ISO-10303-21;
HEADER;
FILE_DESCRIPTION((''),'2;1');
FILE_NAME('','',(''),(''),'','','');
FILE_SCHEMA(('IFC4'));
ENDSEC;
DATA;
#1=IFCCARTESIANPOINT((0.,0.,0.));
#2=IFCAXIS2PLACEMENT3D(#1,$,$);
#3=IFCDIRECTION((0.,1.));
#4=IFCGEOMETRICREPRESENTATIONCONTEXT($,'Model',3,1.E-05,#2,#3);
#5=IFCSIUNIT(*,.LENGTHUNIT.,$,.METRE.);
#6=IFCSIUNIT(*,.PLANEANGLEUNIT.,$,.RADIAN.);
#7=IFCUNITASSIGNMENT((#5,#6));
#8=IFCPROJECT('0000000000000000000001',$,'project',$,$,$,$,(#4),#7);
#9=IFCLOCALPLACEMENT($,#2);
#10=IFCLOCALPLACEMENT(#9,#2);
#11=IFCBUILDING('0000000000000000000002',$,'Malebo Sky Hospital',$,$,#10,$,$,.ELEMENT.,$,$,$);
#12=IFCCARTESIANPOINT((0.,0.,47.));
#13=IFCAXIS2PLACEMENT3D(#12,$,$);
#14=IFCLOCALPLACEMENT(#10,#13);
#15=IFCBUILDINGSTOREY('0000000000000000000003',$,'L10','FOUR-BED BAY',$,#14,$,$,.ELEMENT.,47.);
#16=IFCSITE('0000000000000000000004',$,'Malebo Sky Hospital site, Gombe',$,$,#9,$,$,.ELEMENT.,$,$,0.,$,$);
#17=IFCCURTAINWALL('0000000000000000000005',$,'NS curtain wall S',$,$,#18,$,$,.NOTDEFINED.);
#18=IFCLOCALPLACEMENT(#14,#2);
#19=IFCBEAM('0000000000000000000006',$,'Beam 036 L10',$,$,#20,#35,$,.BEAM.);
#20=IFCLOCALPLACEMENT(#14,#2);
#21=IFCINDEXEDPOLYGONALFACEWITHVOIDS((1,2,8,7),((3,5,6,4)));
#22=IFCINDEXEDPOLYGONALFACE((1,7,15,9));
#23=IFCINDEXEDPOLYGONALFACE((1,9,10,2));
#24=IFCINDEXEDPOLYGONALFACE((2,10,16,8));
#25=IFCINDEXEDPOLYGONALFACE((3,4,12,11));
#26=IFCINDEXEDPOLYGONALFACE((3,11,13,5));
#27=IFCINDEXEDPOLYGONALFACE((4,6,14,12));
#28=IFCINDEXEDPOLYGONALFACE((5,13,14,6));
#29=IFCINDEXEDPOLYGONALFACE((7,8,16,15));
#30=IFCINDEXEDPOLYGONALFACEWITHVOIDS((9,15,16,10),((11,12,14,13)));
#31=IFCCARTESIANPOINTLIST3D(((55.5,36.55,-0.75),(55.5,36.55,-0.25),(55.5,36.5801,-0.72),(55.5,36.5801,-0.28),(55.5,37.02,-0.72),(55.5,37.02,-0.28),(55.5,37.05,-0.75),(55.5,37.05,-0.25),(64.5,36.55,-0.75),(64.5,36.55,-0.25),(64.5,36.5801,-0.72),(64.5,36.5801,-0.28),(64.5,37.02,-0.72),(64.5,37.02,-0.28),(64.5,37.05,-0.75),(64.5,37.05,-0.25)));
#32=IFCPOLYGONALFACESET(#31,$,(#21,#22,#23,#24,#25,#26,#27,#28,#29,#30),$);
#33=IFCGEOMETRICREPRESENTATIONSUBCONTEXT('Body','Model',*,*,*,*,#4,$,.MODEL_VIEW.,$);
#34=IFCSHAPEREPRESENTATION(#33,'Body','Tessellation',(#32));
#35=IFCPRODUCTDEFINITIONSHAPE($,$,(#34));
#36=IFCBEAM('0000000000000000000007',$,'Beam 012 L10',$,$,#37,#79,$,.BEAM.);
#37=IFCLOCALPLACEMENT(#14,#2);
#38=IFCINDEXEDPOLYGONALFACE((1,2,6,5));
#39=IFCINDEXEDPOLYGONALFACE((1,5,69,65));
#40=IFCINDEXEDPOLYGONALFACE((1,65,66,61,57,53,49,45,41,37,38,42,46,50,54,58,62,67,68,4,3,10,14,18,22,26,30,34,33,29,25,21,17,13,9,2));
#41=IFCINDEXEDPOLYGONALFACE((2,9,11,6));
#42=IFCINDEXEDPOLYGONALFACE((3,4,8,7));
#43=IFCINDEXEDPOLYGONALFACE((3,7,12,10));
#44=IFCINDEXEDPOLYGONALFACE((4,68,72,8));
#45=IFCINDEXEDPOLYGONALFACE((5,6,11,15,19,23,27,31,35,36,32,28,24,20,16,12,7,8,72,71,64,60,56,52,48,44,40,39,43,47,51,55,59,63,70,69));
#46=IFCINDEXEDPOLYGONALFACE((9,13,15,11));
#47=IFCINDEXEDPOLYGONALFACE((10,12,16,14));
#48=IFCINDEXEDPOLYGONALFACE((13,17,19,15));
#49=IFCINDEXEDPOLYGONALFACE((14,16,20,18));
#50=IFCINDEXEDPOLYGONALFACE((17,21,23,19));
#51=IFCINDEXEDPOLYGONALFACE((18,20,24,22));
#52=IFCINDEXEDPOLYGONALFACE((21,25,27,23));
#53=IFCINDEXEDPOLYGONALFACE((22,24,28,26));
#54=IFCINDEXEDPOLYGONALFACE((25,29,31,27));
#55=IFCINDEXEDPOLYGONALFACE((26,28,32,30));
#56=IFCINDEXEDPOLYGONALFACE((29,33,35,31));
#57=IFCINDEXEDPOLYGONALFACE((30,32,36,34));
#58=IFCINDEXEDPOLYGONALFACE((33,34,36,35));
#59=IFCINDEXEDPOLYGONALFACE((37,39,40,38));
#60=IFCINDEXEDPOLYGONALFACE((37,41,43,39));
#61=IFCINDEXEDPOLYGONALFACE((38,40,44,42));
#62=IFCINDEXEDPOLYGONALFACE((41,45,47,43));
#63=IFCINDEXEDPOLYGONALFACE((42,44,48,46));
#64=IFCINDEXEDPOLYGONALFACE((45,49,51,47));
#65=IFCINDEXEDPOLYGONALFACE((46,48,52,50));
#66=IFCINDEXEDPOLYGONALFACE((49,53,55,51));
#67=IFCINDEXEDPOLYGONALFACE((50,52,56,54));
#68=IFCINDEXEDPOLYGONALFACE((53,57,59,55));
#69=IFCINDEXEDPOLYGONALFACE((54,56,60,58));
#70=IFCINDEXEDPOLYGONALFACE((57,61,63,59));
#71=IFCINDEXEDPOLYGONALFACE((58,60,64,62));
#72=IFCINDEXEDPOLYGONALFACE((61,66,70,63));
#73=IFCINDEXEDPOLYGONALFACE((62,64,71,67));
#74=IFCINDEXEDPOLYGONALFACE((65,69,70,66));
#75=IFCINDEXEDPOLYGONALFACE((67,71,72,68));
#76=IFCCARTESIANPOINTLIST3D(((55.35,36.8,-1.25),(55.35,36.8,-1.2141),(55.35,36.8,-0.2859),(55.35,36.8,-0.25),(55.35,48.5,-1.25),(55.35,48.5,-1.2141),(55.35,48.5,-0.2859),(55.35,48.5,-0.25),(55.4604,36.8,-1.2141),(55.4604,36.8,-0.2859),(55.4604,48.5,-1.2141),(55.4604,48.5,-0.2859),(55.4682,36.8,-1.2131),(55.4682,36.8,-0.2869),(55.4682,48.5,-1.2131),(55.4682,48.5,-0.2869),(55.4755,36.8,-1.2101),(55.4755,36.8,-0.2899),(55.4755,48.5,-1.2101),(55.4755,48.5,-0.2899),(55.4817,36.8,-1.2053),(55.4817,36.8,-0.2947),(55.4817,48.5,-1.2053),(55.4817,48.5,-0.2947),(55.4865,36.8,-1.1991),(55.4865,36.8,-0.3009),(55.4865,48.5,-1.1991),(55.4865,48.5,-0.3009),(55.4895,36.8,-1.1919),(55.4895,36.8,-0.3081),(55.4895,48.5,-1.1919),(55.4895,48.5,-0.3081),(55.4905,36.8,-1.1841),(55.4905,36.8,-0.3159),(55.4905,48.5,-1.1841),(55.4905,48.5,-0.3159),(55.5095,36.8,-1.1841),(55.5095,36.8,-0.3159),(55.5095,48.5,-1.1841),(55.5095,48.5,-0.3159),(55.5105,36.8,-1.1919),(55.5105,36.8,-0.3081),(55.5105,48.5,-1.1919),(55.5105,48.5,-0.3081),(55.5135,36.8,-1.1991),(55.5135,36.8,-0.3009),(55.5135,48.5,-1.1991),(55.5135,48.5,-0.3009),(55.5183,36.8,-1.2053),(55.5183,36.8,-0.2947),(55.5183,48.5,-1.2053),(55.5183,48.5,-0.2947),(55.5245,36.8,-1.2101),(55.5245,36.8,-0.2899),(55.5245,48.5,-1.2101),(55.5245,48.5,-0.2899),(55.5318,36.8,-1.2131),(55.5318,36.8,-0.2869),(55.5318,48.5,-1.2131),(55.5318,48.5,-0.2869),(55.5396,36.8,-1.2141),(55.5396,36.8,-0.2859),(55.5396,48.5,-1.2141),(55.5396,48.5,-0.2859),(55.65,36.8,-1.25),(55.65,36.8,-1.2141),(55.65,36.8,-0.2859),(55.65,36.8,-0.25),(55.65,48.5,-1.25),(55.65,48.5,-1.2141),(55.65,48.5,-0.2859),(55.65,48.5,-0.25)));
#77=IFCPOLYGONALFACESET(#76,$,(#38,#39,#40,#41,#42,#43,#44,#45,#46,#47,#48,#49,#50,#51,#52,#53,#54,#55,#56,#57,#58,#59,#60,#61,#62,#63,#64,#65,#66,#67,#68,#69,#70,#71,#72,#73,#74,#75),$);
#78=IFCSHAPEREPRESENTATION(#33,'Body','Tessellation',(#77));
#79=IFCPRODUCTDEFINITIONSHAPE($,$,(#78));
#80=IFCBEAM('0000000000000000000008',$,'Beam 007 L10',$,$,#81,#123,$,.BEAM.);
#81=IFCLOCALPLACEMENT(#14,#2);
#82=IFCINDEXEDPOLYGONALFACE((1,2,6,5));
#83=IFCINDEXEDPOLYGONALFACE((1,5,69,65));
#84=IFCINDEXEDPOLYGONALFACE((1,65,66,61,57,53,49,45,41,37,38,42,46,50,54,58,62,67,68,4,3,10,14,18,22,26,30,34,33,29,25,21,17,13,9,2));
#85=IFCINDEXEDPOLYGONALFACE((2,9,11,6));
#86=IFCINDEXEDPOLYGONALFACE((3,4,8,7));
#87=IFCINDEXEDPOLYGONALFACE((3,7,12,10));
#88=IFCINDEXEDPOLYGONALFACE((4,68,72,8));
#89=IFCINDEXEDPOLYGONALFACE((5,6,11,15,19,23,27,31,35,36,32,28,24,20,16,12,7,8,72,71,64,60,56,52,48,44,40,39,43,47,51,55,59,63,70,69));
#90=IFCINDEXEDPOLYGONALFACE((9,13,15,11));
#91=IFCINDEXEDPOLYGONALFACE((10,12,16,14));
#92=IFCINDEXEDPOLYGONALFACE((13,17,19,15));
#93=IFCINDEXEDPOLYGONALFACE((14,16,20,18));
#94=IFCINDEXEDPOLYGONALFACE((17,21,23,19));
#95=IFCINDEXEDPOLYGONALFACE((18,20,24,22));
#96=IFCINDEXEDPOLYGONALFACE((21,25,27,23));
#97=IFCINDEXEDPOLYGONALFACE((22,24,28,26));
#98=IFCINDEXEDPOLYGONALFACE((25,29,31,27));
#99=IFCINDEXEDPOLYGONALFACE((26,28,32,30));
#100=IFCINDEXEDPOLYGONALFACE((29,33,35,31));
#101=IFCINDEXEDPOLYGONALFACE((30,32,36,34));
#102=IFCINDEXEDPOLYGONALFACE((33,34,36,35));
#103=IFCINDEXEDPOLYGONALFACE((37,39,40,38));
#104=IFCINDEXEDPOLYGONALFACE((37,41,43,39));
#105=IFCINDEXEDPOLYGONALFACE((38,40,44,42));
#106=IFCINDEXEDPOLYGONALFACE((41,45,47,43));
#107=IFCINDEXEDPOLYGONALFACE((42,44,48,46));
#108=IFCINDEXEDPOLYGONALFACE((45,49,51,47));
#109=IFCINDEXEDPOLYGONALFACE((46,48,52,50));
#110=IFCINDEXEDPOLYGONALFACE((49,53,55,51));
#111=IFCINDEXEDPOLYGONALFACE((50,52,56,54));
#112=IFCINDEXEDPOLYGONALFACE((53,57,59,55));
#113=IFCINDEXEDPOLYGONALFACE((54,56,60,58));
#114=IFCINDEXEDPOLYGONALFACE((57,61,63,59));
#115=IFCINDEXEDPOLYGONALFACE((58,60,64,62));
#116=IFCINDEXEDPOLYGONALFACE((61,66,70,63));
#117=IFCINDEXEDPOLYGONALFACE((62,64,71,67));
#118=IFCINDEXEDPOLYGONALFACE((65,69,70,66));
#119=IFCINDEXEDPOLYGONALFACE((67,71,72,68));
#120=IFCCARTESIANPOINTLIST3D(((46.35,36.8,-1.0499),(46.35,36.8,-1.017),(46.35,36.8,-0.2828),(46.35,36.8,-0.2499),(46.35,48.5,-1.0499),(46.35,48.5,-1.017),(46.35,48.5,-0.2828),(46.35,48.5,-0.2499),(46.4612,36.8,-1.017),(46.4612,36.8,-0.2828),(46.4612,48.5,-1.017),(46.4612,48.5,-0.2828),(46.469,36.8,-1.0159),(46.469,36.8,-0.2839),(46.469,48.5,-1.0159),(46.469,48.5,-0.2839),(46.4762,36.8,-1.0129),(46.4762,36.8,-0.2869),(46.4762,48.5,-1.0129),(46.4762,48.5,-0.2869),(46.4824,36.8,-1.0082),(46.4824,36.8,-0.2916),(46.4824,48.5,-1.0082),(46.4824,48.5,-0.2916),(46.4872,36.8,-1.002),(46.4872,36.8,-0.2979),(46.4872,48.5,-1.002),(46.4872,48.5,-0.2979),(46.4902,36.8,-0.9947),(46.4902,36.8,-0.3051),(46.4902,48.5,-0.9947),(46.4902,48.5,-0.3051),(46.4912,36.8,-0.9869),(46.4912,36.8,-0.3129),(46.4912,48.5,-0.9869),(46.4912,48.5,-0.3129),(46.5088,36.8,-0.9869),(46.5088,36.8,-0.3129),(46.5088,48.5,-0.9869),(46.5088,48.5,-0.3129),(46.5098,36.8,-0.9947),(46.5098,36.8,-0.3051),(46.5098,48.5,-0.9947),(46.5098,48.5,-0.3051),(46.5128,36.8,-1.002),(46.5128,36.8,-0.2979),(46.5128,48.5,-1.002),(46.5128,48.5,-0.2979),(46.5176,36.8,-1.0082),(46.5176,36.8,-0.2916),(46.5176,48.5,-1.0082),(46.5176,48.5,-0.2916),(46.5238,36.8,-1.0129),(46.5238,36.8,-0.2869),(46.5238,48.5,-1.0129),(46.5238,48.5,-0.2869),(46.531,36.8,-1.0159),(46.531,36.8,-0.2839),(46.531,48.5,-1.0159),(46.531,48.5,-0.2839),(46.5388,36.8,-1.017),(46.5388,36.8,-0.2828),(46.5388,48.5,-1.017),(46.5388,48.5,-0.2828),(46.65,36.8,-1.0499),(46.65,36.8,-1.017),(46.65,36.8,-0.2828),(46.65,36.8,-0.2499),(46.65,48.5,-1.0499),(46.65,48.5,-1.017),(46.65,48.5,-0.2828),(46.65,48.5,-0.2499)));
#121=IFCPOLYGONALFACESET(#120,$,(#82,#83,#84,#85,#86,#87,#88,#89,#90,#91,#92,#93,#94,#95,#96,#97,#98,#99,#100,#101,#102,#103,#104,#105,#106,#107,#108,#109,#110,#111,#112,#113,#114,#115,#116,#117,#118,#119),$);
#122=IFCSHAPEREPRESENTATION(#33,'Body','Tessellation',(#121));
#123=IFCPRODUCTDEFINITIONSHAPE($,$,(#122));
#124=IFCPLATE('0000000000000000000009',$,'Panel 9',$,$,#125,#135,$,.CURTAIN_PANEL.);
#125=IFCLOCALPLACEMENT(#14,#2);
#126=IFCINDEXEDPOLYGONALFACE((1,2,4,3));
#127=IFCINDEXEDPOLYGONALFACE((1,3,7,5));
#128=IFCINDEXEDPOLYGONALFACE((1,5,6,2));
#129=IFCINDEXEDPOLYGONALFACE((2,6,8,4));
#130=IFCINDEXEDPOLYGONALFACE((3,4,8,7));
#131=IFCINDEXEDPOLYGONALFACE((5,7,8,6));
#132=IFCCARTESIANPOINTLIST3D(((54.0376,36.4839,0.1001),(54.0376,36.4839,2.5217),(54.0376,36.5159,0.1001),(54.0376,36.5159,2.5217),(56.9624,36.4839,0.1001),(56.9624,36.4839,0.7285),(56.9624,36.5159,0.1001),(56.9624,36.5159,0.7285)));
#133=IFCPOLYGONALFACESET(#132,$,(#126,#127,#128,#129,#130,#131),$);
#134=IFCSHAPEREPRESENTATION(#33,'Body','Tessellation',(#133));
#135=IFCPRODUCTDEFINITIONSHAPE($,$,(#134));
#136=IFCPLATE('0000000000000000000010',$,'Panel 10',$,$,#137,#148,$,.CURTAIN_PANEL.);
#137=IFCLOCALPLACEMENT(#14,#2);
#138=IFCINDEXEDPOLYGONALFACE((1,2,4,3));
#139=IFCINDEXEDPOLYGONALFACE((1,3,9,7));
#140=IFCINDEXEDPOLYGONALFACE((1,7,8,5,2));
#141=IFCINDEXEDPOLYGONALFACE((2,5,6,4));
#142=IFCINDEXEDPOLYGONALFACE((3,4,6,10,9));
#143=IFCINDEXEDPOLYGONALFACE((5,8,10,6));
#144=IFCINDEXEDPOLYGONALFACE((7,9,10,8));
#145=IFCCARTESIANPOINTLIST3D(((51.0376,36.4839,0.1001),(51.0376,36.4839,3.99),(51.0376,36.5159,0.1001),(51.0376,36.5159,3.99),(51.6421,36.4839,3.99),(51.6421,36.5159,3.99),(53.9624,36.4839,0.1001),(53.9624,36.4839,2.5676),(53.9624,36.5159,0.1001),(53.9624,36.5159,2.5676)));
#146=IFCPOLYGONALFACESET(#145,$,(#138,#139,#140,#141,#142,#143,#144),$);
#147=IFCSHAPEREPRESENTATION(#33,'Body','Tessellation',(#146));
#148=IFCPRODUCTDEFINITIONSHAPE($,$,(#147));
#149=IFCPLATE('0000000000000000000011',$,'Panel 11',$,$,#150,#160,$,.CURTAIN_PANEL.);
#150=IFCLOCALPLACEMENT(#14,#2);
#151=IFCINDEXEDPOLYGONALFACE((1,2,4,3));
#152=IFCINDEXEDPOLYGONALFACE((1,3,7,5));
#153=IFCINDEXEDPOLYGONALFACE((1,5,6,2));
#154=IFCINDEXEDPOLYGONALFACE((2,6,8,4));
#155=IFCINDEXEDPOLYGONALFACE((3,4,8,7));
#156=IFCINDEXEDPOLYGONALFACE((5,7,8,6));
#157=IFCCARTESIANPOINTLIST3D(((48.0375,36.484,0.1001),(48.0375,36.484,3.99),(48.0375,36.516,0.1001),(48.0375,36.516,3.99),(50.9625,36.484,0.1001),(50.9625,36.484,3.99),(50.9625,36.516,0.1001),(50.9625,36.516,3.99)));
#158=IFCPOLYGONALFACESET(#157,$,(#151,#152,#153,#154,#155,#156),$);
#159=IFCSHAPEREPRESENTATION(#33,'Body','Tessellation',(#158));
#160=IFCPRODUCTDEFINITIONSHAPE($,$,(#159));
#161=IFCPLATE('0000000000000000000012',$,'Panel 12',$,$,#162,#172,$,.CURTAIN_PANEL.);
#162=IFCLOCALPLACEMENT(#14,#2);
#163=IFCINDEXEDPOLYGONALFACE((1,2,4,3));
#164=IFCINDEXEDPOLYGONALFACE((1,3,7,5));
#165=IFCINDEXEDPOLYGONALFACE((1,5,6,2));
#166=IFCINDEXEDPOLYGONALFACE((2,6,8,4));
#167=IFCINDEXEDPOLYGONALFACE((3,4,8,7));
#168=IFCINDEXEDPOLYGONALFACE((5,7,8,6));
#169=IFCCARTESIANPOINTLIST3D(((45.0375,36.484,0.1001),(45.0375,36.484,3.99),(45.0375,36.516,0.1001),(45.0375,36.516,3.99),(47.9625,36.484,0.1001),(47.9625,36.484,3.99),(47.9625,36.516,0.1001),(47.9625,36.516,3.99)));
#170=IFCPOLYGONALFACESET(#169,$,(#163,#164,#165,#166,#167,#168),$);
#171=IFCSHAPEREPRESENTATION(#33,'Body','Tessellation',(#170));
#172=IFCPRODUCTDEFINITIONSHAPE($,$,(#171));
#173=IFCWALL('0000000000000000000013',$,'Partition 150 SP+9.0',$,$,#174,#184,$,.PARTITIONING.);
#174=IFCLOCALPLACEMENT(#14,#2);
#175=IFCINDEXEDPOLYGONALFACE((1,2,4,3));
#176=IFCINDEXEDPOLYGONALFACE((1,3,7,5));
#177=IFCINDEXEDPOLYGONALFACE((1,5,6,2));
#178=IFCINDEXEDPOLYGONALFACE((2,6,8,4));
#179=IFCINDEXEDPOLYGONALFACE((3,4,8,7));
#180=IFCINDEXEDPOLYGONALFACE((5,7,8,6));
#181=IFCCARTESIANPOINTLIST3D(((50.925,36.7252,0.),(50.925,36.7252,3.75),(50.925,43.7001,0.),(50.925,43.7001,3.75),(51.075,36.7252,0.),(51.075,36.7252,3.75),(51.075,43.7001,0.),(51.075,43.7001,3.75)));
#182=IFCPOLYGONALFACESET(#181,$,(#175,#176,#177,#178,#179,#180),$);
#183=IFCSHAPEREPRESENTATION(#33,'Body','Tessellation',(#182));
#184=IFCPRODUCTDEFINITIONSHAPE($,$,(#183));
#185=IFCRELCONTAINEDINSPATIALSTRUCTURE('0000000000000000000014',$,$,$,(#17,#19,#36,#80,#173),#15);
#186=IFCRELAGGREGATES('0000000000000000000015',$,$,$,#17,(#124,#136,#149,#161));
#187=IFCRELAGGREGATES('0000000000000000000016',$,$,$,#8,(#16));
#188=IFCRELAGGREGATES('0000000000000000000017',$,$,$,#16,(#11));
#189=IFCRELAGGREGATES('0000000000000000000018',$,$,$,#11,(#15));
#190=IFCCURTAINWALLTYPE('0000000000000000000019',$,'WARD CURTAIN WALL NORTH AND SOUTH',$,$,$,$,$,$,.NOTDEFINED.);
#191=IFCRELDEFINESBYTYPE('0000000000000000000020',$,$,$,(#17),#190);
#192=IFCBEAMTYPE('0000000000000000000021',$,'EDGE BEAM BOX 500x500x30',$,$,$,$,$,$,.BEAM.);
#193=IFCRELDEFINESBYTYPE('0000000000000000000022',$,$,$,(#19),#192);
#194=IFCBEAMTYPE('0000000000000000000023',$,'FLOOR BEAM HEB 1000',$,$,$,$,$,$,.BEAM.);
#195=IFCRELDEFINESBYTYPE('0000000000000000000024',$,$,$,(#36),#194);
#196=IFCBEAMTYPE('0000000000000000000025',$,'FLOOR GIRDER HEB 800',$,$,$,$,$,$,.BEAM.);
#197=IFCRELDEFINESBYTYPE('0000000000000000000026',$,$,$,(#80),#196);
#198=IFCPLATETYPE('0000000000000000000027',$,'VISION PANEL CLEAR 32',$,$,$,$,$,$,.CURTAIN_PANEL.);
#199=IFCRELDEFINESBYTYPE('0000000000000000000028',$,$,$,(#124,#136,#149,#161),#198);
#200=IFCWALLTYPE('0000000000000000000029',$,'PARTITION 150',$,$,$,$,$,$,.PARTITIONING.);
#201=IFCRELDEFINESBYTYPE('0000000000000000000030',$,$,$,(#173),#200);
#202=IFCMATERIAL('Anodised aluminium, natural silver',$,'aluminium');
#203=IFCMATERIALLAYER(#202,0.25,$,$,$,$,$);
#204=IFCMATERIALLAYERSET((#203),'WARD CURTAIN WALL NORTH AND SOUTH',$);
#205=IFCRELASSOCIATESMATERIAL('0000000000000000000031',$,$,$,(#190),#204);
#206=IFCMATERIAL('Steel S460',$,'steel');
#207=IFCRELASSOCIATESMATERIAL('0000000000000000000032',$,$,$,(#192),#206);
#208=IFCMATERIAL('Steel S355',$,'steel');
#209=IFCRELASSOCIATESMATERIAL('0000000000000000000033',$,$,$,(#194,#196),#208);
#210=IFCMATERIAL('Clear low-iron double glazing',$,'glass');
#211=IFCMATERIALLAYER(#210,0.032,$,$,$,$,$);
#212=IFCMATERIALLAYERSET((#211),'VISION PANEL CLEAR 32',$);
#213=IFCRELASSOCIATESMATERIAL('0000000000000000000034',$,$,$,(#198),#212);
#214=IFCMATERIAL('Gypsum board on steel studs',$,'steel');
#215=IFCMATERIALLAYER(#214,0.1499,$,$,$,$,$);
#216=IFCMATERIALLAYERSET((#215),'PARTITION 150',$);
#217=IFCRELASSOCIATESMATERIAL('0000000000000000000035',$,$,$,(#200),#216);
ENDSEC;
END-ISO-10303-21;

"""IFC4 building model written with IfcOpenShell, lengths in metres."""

from ifc_helpers import new_model, si_unit, direction, frame, frame_2d, origin, origin_2d, place, context, subcontext, project, spatial, polyline, rectangle, hollow_rectangle, i_section, outline, extrude, material, layer, layer_set, material_profile, profile_set, type_object, element, aggregate, save


model = new_model("IFC4")

# Units and contexts
model_context = context("Model", 3, precision=1e-05, world=origin(), true_north=direction((0.0, 1.0)))
body_context = subcontext(model_context, "Body", "Model", "MODEL_VIEW")
ifc_project = project(units=[si_unit("LENGTHUNIT", "METRE"), si_unit("PLANEANGLEUNIT", "RADIAN")], contexts=[model_context])

# Site, building, storey
site_placement = place(None, origin())
site = spatial("IfcSite", under=ifc_project, at=site_placement, Name="Malebo Sky Hospital site, Gombe", CompositionType="ELEMENT", RefElevation=0.0)
building_placement = place(site_placement, origin())
building = spatial("IfcBuilding", under=site, at=building_placement, Name="Malebo Sky Hospital", CompositionType="ELEMENT")
storey_placement = place(building_placement, frame((0.0, 0.0, 47.0)))
storey = spatial("IfcBuildingStorey", under=building, at=storey_placement, Name="L10", Description="FOUR-BED BAY", CompositionType="ELEMENT", Elevation=47.0)

# Shared definitions
ifc_material_1 = material(Name="Steel S460", Category="steel")

# Curtain wall
ifc_material_2 = material(Name="Anodised aluminium, natural silver", Category="aluminium")
ifc_layer_1 = layer(ifc_material_2, 0.25)
ifc_layer_set_1 = layer_set([ifc_layer_1], Name="WARD CURTAIN WALL NORTH AND SOUTH")
curtain_wall_type = type_object("IfcCurtainWallType", Name="WARD CURTAIN WALL NORTH AND SOUTH", PredefinedType="NOTDEFINED", material=ifc_layer_set_1)
curtain_wall_placement = place(storey_placement, origin())
curtain_wall = element("IfcCurtainWall", 1, at=curtain_wall_placement, inside=storey, type_object=curtain_wall_type, Name="NS curtain wall S", PredefinedType="NOTDEFINED")

# Beams
ifc_material_profile_1 = material_profile(ifc_material_1, hollow_rectangle(XDim=0.5, YDim=0.5, WallThickness=0.03, at=origin_2d()), Name="BOX 500x500x30")
ifc_profile_set_1 = profile_set([ifc_material_profile_1], Name="Steel S460")
beam_type_1 = type_object("IfcBeamType", Name="EDGE BEAM BOX 500x500x30", PredefinedType="BEAM", material=ifc_profile_set_1)
for number, where, z_axis, x_axis, name in (
    (2, (55.5, 36.8, -0.5), (1.0, 0.0, 0.0), (0.0, 1.0, 0.0), "Beam 036 L10"),
):
    element("IfcBeam", number, at=place(storey_placement, frame(where, z_axis=z_axis, x_axis=x_axis)), inside=storey, type_object=beam_type_1, Name=name, PredefinedType="BEAM", context=body_context, shape_type="SweptSolid", body=[
        extrude(hollow_rectangle(XDim=0.5, YDim=0.5, WallThickness=0.03, at=origin_2d()), origin(), (0.0, 0.0, 1.0), 9.0),
    ])
ifc_material_3 = material(Name="Steel S355", Category="steel")
ifc_material_profile_2 = material_profile(ifc_material_3, i_section(OverallWidth=0.3, OverallDepth=1.0, WebThickness=0.019, FlangeThickness=0.0359, FilletRadius=0.03, at=origin_2d()), Name="HEB 1000")
ifc_profile_set_2 = profile_set([ifc_material_profile_2], Name="Steel S355")
beam_type_2 = type_object("IfcBeamType", Name="FLOOR BEAM HEB 1000", PredefinedType="BEAM", material=ifc_profile_set_2)
beam_1_placement = place(storey_placement, frame((55.5, 36.8, -0.75), z_axis=(0.0, 1.0, 0.0), x_axis=(-1.0, 0.0, 0.0)))
element("IfcBeam", 3, at=beam_1_placement, inside=storey, type_object=beam_type_2, Name="Beam 012 L10", PredefinedType="BEAM", context=body_context, shape_type="SweptSolid", body=[
    extrude(i_section(OverallWidth=0.3, OverallDepth=1.0, WebThickness=0.019, FlangeThickness=0.0359, FilletRadius=0.03, at=origin_2d()), origin(), (0.0, 0.0, 1.0), 11.7),
])
ifc_material_profile_3 = material_profile(ifc_material_3, i_section(OverallWidth=0.3, OverallDepth=0.8, WebThickness=0.0176, FlangeThickness=0.033, FilletRadius=0.03, at=origin_2d()), Name="HEB 800")
ifc_profile_set_3 = profile_set([ifc_material_profile_3], Name="Steel S355")
beam_type_3 = type_object("IfcBeamType", Name="FLOOR GIRDER HEB 800", PredefinedType="BEAM", material=ifc_profile_set_3)
beam_2_placement = place(storey_placement, frame((46.5, 36.8, -0.6499), z_axis=(0.0, 1.0, 0.0), x_axis=(-1.0, 0.0, 0.0)))
element("IfcBeam", 4, at=beam_2_placement, inside=storey, type_object=beam_type_3, Name="Beam 007 L10", PredefinedType="BEAM", context=body_context, shape_type="SweptSolid", body=[
    extrude(i_section(OverallWidth=0.3, OverallDepth=0.8, WebThickness=0.0176, FlangeThickness=0.033, FilletRadius=0.03, at=origin_2d()), origin(), (0.0, 0.0, 1.0), 11.7),
])

# Plates
ifc_material_4 = material(Name="Clear low-iron double glazing", Category="glass")
ifc_layer_2 = layer(ifc_material_4, 0.032)
ifc_layer_set_2 = layer_set([ifc_layer_2], Name="VISION PANEL CLEAR 32")
plate_type = type_object("IfcPlateType", Name="VISION PANEL CLEAR 32", PredefinedType="CURTAIN_PANEL", material=ifc_layer_set_2)
plate_1_placement = place(storey_placement, frame((55.5, 36.5, 0.1001), z_axis=(0.0, 0.0, 1.0), x_axis=(-1.0, 0.0, 0.0)))
plate_1 = element("IfcPlate", 5, at=plate_1_placement, type_object=plate_type, Name="Panel 9", PredefinedType="CURTAIN_PANEL", context=body_context, shape_type="SweptSolid", body=[
    extrude(outline(polyline([(-1.4624, 0.0), (1.4624, 0.0), (1.4624, 2.4216), (-1.4624, 0.6284), (-1.4624, 0.0)])), frame((0.0, 0.0161, 0.0), z_axis=(0.0, -1.0, 0.0), x_axis=(1.0, 0.0, 0.0)), (0.0, 0.0, 1.0), 0.032),
])
plate_2_placement = place(storey_placement, frame((52.5, 36.5, 0.1001), z_axis=(0.0, 0.0, 1.0), x_axis=(-1.0, 0.0, 0.0)))
plate_2 = element("IfcPlate", 6, at=plate_2_placement, type_object=plate_type, Name="Panel 10", PredefinedType="CURTAIN_PANEL", context=body_context, shape_type="SweptSolid", body=[
    extrude(outline(polyline([(-1.4624, 0.0), (1.4624, 0.0), (1.4624, 3.8899), (0.8579, 3.8899), (-1.4624, 2.4675), (-1.4624, 0.0)])), frame((0.0, 0.0161, 0.0), z_axis=(0.0, -1.0, 0.0), x_axis=(1.0, 0.0, 0.0)), (0.0, 0.0, 1.0), 0.032),
])
plate_3_placement = place(storey_placement, frame((49.5, 36.5, 0.1001), z_axis=(0.0, 0.0, 1.0), x_axis=(-1.0, 0.0, 0.0)))
plate_3 = element("IfcPlate", 7, at=plate_3_placement, type_object=plate_type, Name="Panel 11", PredefinedType="CURTAIN_PANEL", context=body_context, shape_type="SweptSolid", body=[
    extrude(rectangle(XDim=2.925, YDim=0.032, at=origin_2d()), origin(), (0.0, 0.0, 1.0), 3.8899),
])
plate_4_placement = place(storey_placement, frame((46.5, 36.5, 0.1001), z_axis=(0.0, 0.0, 1.0), x_axis=(-1.0, 0.0, 0.0)))
plate_4 = element("IfcPlate", 8, at=plate_4_placement, type_object=plate_type, Name="Panel 12", PredefinedType="CURTAIN_PANEL", context=body_context, shape_type="SweptSolid", body=[
    extrude(rectangle(XDim=2.925, YDim=0.032, at=origin_2d()), origin(), (0.0, 0.0, 1.0), 3.8899),
])
aggregate(curtain_wall, [plate_1, plate_2, plate_3, plate_4])

# Wall
ifc_material_5 = material(Name="Gypsum board on steel studs", Category="steel")
ifc_layer_3 = layer(ifc_material_5, 0.1499)
ifc_layer_set_3 = layer_set([ifc_layer_3], Name="PARTITION 150")
wall_type = type_object("IfcWallType", Name="PARTITION 150", PredefinedType="PARTITIONING", material=ifc_layer_set_3)
wall_1_placement = place(storey_placement, frame((51.0, 43.7, 0.0), z_axis=(0.0, 0.0, 1.0), x_axis=(0.0, -1.0, 0.0)))
element("IfcWall", 9, at=wall_1_placement, inside=storey, type_object=wall_type, Name="Partition 150 SP+9.0", PredefinedType="PARTITIONING", context=body_context, shape_type="SweptSolid", body=[
    extrude(rectangle(XDim=6.9749, YDim=0.1499, at=frame_2d((3.4873, 0.0))), origin(), (0.0, 0.0, 1.0), 3.75),
])

save(model, "model.ifc")
